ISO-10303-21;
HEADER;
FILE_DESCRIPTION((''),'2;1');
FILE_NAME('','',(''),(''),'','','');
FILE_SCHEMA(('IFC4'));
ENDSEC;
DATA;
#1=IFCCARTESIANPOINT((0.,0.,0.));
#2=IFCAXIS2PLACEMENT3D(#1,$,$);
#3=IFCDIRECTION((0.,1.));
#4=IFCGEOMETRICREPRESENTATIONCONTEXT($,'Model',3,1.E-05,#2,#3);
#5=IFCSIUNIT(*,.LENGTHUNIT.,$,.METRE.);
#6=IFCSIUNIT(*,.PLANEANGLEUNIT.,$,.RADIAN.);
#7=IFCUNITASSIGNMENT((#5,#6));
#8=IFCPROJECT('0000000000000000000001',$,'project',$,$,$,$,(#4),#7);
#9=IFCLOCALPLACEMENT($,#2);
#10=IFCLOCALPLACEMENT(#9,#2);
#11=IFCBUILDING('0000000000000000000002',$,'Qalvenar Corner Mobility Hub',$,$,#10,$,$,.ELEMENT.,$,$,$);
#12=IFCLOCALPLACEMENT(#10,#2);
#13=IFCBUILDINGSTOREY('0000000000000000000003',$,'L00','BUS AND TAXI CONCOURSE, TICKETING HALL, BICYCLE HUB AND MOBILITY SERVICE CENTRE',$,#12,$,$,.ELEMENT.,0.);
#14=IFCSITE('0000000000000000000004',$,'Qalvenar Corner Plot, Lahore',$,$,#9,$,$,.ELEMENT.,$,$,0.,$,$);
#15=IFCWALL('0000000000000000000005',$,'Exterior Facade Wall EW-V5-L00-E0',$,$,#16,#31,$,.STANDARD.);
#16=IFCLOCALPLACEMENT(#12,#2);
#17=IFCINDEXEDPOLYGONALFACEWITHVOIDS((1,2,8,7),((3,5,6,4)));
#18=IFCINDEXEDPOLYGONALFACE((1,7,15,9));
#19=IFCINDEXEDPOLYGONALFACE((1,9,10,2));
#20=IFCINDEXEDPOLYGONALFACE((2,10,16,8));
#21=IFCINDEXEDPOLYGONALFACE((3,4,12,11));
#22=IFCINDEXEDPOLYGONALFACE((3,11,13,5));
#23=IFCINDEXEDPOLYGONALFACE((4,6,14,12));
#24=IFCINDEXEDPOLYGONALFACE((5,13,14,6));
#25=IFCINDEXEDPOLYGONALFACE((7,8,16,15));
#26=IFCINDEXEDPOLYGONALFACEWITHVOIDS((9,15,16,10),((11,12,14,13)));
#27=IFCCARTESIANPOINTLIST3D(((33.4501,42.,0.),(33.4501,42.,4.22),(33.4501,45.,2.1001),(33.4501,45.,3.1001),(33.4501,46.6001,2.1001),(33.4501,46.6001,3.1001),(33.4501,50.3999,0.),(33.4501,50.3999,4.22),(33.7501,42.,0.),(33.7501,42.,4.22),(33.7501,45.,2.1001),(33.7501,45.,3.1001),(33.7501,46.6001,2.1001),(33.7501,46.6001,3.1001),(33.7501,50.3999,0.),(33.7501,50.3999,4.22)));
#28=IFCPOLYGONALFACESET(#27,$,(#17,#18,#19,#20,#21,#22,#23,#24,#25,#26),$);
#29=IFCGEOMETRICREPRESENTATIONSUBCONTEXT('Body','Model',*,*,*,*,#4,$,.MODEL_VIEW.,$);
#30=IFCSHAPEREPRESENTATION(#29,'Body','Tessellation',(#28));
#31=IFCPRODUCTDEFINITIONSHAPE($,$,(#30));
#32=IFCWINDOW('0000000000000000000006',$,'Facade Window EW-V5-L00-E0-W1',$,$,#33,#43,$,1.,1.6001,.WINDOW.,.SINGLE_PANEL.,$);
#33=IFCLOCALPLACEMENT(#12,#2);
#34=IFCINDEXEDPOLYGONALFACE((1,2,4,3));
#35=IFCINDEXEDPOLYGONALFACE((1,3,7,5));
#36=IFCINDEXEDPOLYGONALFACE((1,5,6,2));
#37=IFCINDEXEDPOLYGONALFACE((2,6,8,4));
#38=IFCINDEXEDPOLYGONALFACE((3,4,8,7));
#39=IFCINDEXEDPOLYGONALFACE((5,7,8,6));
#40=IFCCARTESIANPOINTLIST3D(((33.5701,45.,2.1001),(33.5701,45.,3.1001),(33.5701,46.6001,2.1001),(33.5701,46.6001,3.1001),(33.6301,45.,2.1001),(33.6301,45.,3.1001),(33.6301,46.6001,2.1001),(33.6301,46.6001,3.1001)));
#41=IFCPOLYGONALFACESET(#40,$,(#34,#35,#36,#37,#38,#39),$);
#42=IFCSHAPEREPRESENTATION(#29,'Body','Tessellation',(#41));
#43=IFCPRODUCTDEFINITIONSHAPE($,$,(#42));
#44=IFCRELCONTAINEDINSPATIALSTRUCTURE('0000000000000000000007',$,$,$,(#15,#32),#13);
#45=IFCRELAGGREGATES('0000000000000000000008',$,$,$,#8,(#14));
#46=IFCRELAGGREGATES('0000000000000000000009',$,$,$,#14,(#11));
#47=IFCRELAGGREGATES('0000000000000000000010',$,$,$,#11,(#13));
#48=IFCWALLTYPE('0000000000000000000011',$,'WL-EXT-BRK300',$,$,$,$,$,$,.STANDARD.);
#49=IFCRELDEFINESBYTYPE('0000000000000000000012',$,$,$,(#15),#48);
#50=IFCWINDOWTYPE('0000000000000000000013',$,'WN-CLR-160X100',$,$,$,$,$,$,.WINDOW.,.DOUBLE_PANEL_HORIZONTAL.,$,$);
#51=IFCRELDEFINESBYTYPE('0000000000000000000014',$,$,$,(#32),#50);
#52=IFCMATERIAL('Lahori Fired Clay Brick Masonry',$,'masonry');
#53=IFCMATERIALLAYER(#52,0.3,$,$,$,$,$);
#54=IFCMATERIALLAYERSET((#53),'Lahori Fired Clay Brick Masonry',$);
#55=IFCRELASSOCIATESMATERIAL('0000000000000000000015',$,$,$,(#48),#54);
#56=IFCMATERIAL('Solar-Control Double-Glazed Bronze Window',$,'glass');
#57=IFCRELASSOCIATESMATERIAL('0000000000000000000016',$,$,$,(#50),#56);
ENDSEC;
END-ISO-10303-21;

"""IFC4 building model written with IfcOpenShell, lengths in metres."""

from ifc_helpers import new_model, si_unit, direction, frame, frame_2d, origin, place, context, subcontext, project, spatial, rectangle, extrude, material, layer, layer_set, type_object, element, fill, save


model = new_model("IFC4")

# Units and contexts
model_context = context("Model", 3, precision=1e-05, world=origin(), true_north=direction((0.0, 1.0)))
body_context = subcontext(model_context, "Body", "Model", "MODEL_VIEW")
ifc_project = project(units=[si_unit("LENGTHUNIT", "METRE"), si_unit("PLANEANGLEUNIT", "RADIAN")], contexts=[model_context])

# Site, building, storey
site_placement = place(None, origin())
site = spatial("IfcSite", under=ifc_project, at=site_placement, Name="Qalvenar Corner Plot, Lahore", CompositionType="ELEMENT", RefElevation=0.0)
building_placement = place(site_placement, origin())
building = spatial("IfcBuilding", under=site, at=building_placement, Name="Qalvenar Corner Mobility Hub", CompositionType="ELEMENT")
storey_placement = place(building_placement, origin())
storey = spatial("IfcBuildingStorey", under=building, at=storey_placement, Name="L00", Description="BUS AND TAXI CONCOURSE, TICKETING HALL, BICYCLE HUB AND MOBILITY SERVICE CENTRE", CompositionType="ELEMENT", Elevation=0.0)

# Wall, opening, window
ifc_material_1 = material(Name="Lahori Fired Clay Brick Masonry", Category="masonry")
ifc_layer_1 = layer(ifc_material_1, 0.3)
ifc_layer_set_1 = layer_set([ifc_layer_1], Name="Lahori Fired Clay Brick Masonry")
wall_type = type_object("IfcWallType", Name="WL-EXT-BRK300", PredefinedType="STANDARD", material=ifc_layer_set_1)
wall_placement = place(storey_placement, frame((33.6001, 42.0, 0.0), z_axis=(0.0, 0.0, 1.0), x_axis=(0.0, 1.0, 0.0)))
wall = element("IfcWall", 1, at=wall_placement, inside=storey, type_object=wall_type, Name="Exterior Facade Wall EW-V5-L00-E0", PredefinedType="STANDARD", context=body_context, shape_type="SweptSolid", body=[
    extrude(rectangle(XDim=8.3999, YDim=0.3, at=frame_2d((4.2, 0.0))), origin(), (0.0, 0.0, 1.0), 4.22),
])
opening_placement = place(wall_placement, frame((3.0, 0.0, 2.1001)))
opening = element("IfcOpeningElement", 2, at=opening_placement, cuts=wall, PredefinedType="OPENING", context=body_context, shape_type="SweptSolid", body=[
    extrude(rectangle(XDim=1.6001, YDim=1.0, at=frame_2d((0.8, 0.5))), frame((0.0, 0.1602, 0.0), z_axis=(0.0, -1.0, 0.0), x_axis=(1.0, 0.0, 0.0)), (0.0, 0.0, 1.0), 0.3201),
])
ifc_material_2 = material(Name="Solar-Control Double-Glazed Bronze Window", Category="glass")
window_type = type_object("IfcWindowType", Name="WN-CLR-160X100", PartitioningType="DOUBLE_PANEL_HORIZONTAL", PredefinedType="WINDOW", material=ifc_material_2)
window_placement = place(opening_placement, origin())
window = element("IfcWindow", 3, at=window_placement, inside=storey, type_object=window_type, Name="Facade Window EW-V5-L00-E0-W1", OverallHeight=1.0, OverallWidth=1.6001, PartitioningType="SINGLE_PANEL", PredefinedType="WINDOW", context=body_context, shape_type="SweptSolid", body=[
    extrude(rectangle(XDim=1.6001, YDim=1.0, at=frame_2d((0.8, 0.5))), frame((0.0, 0.03, 0.0), z_axis=(0.0, -1.0, 0.0), x_axis=(1.0, 0.0, 0.0)), (0.0, 0.0, 1.0), 0.0601),
])
fill(opening, window)

save(model, "model.ifc")
